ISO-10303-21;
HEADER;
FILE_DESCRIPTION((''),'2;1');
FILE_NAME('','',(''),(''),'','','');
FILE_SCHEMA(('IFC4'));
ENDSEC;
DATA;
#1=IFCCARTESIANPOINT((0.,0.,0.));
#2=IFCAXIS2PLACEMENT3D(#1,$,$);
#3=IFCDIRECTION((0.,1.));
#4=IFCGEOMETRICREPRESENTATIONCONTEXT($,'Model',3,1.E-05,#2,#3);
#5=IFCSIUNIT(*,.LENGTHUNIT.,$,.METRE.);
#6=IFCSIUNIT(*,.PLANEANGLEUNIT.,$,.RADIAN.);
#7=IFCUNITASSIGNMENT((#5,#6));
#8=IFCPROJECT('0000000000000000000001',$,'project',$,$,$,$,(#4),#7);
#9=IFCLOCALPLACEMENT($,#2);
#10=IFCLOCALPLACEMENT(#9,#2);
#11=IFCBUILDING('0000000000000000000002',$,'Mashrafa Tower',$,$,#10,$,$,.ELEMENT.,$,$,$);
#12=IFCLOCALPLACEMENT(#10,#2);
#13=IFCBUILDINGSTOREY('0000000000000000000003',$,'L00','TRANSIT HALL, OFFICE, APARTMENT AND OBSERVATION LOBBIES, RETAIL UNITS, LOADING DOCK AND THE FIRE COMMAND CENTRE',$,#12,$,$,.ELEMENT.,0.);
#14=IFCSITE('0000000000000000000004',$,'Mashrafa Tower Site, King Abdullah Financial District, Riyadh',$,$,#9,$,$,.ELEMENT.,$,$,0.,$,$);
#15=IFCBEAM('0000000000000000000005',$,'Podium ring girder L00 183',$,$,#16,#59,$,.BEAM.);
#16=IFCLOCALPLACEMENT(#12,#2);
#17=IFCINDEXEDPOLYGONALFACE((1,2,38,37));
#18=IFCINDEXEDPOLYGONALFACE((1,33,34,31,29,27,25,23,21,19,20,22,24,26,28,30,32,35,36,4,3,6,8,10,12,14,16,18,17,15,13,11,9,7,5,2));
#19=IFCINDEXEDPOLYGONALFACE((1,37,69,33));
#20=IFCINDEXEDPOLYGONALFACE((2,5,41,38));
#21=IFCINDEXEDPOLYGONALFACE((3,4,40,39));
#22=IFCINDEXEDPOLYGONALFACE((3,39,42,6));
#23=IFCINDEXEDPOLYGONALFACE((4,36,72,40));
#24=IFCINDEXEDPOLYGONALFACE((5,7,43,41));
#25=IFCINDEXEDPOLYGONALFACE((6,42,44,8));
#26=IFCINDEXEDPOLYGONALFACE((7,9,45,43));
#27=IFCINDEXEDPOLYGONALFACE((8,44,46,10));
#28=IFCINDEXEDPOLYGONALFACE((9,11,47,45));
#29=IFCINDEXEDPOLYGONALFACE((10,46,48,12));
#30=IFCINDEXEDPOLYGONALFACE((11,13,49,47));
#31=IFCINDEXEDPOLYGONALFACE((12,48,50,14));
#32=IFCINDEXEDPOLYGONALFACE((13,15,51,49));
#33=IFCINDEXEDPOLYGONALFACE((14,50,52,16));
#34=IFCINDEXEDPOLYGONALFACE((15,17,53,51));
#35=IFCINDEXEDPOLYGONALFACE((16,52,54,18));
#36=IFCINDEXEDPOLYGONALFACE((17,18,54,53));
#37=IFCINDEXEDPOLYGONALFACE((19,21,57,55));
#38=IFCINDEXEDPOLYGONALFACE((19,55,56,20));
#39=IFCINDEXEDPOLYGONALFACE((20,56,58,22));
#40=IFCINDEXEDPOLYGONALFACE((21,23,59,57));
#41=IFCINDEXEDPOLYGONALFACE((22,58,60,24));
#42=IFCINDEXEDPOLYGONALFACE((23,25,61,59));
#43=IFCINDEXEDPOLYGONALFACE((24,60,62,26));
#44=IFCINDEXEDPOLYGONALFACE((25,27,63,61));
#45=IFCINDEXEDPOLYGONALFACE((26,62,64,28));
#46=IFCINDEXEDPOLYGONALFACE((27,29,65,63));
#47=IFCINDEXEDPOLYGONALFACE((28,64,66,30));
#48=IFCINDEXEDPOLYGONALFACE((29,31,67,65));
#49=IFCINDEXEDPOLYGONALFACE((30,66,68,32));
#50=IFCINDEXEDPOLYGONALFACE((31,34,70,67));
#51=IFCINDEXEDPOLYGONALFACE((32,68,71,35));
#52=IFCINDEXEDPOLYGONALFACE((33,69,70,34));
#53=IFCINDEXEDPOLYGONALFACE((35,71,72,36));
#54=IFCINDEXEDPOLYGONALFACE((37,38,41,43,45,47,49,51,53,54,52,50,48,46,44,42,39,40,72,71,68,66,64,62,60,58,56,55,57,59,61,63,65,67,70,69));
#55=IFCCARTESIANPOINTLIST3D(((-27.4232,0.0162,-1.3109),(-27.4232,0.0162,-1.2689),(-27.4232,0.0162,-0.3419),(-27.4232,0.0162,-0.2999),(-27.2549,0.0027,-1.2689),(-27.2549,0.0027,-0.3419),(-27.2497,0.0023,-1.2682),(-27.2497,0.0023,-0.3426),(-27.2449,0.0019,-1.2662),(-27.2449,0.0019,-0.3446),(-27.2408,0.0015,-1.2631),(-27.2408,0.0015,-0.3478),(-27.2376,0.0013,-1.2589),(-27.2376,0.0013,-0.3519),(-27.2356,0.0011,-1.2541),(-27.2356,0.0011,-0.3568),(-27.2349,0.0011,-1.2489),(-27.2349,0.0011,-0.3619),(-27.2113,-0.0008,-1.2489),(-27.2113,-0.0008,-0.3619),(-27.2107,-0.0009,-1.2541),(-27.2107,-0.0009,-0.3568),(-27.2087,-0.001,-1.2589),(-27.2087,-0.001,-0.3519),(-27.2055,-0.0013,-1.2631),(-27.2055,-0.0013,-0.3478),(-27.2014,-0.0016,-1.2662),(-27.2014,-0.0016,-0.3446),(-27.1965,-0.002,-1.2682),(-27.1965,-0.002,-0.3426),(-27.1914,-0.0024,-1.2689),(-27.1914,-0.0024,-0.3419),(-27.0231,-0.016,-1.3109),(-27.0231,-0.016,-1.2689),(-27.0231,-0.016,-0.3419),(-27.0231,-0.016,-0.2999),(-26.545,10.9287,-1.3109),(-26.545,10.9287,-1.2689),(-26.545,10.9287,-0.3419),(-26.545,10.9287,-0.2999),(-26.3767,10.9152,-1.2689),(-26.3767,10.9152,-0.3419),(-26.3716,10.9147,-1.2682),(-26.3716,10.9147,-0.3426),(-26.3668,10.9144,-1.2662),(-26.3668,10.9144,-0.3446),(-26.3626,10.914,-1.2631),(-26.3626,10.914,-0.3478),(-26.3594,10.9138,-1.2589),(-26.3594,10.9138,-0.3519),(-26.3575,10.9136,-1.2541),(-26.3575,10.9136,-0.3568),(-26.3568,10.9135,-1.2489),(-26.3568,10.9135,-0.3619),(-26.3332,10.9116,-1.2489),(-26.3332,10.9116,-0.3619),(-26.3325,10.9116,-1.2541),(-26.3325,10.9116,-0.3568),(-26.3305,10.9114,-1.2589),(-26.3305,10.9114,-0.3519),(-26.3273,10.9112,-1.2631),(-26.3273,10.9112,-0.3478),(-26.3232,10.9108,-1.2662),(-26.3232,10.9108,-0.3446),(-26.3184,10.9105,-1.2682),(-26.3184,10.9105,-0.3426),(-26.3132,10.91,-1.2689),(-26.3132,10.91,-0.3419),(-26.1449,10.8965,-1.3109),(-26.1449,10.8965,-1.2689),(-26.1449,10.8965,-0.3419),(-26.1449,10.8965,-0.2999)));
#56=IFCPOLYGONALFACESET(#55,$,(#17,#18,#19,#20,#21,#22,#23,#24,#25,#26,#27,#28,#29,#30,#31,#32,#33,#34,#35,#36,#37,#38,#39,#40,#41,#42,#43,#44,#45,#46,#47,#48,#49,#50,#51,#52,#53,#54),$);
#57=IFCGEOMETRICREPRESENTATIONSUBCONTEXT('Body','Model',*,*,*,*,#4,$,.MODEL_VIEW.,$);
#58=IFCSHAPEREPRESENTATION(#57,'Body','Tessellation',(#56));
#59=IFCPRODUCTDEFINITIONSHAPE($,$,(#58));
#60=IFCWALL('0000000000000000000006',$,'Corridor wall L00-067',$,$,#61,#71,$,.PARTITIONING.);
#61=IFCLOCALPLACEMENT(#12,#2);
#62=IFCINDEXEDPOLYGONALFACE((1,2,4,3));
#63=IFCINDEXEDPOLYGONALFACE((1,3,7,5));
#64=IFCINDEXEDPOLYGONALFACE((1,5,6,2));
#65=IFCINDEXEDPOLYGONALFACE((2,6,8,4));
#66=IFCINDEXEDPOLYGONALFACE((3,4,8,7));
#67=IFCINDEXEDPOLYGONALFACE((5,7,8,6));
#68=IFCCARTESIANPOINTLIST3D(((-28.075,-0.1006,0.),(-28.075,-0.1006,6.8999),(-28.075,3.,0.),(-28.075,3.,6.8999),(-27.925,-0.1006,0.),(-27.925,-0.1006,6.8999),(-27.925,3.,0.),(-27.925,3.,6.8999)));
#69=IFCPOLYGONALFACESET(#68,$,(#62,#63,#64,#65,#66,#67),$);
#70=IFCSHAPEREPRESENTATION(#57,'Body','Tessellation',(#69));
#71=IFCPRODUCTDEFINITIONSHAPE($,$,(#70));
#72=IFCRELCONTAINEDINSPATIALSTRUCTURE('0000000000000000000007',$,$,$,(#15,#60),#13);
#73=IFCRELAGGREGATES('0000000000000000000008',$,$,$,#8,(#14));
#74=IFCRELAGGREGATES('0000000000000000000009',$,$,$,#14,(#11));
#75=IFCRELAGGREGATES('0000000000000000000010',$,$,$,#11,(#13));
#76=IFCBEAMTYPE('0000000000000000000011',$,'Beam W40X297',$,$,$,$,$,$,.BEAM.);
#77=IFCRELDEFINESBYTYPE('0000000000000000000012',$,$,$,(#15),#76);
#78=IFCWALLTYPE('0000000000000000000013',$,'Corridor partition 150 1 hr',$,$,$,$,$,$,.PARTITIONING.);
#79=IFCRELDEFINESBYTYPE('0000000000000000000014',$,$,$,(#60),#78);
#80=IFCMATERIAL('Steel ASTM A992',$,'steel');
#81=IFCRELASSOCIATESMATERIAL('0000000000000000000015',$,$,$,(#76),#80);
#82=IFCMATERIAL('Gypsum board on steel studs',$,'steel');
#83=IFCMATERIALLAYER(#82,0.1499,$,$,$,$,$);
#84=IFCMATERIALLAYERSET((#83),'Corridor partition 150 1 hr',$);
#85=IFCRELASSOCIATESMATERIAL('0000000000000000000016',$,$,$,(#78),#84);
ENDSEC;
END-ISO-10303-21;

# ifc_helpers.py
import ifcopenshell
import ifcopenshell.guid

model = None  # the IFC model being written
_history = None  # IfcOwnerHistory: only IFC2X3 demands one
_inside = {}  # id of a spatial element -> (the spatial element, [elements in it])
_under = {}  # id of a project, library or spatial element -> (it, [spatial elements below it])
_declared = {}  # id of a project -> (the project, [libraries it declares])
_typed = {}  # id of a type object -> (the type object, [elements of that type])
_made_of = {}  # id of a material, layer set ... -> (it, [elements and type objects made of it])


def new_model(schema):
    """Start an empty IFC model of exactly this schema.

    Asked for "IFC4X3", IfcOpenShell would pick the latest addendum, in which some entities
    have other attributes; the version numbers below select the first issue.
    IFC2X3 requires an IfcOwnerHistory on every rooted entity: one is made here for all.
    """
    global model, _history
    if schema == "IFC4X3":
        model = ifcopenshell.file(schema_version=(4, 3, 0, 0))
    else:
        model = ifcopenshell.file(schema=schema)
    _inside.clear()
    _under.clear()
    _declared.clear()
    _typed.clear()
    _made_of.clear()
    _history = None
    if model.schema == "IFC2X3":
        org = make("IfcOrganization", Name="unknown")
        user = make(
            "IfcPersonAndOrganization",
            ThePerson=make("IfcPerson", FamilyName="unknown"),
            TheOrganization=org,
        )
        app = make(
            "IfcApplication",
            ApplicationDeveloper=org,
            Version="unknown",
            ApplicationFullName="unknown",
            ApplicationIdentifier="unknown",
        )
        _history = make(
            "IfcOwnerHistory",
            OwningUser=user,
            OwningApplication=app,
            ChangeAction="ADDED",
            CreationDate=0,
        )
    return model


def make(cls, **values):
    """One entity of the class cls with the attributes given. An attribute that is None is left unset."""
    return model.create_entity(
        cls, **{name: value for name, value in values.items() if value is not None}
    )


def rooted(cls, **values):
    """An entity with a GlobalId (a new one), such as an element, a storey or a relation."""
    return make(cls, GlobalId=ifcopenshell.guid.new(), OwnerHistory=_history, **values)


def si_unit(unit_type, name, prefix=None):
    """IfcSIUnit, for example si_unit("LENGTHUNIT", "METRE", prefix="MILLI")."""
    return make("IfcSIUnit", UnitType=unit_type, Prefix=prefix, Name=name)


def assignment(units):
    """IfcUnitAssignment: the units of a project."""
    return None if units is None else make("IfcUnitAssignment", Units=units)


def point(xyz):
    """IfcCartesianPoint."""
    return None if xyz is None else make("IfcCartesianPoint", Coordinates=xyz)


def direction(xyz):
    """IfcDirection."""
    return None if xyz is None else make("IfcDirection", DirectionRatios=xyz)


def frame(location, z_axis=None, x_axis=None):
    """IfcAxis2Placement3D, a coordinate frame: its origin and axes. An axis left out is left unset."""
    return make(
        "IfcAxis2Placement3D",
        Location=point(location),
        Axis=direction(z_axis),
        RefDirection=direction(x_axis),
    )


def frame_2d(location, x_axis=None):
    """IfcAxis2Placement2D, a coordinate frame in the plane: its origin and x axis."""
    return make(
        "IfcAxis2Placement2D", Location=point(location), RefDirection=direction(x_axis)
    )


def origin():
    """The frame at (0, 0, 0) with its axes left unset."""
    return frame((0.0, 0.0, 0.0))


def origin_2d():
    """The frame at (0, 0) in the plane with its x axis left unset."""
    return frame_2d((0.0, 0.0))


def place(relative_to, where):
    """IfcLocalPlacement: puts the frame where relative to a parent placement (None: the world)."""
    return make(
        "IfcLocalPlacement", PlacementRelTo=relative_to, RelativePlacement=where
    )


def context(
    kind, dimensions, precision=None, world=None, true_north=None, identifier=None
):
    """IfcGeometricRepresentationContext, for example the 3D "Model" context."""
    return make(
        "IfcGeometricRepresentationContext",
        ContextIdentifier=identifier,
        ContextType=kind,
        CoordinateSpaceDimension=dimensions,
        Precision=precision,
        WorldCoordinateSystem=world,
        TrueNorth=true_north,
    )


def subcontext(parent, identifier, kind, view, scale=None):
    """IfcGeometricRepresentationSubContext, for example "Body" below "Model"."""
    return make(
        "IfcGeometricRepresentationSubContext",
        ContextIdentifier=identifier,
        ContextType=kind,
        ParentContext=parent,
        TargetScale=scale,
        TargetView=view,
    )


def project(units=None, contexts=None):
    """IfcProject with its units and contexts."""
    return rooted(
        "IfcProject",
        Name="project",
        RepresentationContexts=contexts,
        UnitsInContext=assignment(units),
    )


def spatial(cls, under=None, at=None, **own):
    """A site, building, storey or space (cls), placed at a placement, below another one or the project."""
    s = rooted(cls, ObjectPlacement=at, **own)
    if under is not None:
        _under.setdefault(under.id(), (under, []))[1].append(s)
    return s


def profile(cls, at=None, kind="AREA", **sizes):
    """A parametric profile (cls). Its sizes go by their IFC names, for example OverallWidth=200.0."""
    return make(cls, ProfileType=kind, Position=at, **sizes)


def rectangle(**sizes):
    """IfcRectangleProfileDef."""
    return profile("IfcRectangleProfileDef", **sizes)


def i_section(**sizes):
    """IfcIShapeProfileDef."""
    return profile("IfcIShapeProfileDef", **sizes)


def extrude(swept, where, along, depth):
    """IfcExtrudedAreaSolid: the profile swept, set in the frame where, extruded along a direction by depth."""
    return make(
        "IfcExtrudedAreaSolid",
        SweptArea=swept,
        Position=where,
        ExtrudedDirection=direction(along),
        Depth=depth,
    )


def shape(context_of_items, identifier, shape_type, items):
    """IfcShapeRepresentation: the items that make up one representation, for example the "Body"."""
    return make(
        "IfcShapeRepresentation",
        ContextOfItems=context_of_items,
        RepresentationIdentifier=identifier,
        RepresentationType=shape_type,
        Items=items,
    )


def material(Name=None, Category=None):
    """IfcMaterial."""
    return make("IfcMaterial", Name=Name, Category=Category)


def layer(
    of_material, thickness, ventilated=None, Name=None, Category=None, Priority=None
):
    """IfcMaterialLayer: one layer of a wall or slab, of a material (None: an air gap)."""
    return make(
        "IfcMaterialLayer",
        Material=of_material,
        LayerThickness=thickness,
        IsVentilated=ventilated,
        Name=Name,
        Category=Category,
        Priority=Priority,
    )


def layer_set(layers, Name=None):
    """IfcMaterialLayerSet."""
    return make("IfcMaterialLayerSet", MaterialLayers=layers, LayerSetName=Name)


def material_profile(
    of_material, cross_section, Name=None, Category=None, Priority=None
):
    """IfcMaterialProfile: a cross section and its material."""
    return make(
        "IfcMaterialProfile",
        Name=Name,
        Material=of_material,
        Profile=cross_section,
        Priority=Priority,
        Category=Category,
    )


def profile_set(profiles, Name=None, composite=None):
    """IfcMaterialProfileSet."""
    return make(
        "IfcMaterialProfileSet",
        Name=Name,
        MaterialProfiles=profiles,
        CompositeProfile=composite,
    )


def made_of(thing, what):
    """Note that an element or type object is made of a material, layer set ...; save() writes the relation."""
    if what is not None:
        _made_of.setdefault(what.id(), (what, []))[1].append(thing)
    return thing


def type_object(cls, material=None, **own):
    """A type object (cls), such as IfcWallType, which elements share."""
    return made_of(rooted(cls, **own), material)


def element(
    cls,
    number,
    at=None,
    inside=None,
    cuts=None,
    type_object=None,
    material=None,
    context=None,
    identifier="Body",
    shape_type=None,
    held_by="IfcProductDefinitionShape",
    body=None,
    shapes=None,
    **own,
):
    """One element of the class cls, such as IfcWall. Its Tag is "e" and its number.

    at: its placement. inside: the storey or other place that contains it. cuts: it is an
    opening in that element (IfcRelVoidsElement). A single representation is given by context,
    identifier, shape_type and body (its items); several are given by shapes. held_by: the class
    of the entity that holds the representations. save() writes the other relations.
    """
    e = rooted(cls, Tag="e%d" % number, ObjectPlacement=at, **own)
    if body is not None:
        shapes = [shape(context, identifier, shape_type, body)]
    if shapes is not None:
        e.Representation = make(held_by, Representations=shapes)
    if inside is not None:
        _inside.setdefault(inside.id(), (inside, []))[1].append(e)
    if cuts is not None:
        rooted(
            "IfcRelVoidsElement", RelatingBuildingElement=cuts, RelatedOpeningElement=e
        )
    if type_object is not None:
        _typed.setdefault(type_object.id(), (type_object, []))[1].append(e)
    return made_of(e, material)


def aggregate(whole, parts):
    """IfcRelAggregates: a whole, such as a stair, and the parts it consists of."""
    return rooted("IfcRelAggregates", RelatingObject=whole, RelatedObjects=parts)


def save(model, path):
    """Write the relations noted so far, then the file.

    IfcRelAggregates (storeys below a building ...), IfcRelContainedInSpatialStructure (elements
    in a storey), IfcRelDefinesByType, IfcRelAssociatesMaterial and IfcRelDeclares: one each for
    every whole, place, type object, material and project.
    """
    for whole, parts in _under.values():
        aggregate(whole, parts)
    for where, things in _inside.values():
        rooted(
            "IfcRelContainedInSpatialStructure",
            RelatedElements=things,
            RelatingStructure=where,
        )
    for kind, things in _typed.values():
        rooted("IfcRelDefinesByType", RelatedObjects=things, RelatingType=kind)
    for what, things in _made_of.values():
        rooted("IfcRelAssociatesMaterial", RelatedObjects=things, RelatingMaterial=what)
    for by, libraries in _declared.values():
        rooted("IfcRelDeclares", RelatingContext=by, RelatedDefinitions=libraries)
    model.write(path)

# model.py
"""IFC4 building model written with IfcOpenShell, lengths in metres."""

from ifc_helpers import new_model, si_unit, direction, frame, frame_2d, origin, origin_2d, place, context, subcontext, project, spatial, rectangle, i_section, extrude, material, layer, layer_set, material_profile, profile_set, type_object, element, save


model = new_model("IFC4")

# Units and contexts
model_context = context("Model", 3, precision=1e-05, world=origin(), true_north=direction((0.0, 1.0)))
body_context = subcontext(model_context, "Body", "Model", "MODEL_VIEW")
ifc_project = project(units=[si_unit("LENGTHUNIT", "METRE"), si_unit("PLANEANGLEUNIT", "RADIAN")], contexts=[model_context])

# Site, building, storey
site_placement = place(None, origin())
site = spatial("IfcSite", under=ifc_project, at=site_placement, Name="Mashrafa Tower Site, King Abdullah Financial District, Riyadh", CompositionType="ELEMENT", RefElevation=0.0)
building_placement = place(site_placement, origin())
building = spatial("IfcBuilding", under=site, at=building_placement, Name="Mashrafa Tower", CompositionType="ELEMENT")
storey_placement = place(building_placement, origin())
storey = spatial("IfcBuildingStorey", under=building, at=storey_placement, Name="L00", Description="TRANSIT HALL, OFFICE, APARTMENT AND OBSERVATION LOBBIES, RETAIL UNITS, LOADING DOCK AND THE FIRE COMMAND CENTRE", CompositionType="ELEMENT", Elevation=0.0)

# Beam
ifc_material_1 = material(Name="Steel ASTM A992", Category="steel")
ifc_material_profile_1 = material_profile(ifc_material_1, i_section(OverallWidth=0.4014, OverallDepth=1.011, WebThickness=0.0237, FlangeThickness=0.042, FilletRadius=0.02, at=origin_2d()), Name="W40X297")
ifc_profile_set_1 = profile_set([ifc_material_profile_1], Name="Steel ASTM A992")
beam_type_1 = type_object("IfcBeamType", Name="Beam W40X297", PredefinedType="BEAM", material=ifc_profile_set_1)
beam_1_placement = place(storey_placement, frame((-26.345, 10.9126, -0.8054), z_axis=(-0.080214, -0.996778, 0.0), x_axis=(0.996778, -0.080214, 0.0)))
element("IfcBeam", 1, at=beam_1_placement, inside=storey, type_object=beam_type_1, Name="Podium ring girder L00 183", PredefinedType="BEAM", context=body_context, shape_type="SweptSolid", body=[
    extrude(i_section(OverallWidth=0.4014, OverallDepth=1.011, WebThickness=0.0237, FlangeThickness=0.042, FilletRadius=0.02, at=origin_2d()), origin(), (0.0, 0.0, 1.0), 10.9478),
])

# Wall
ifc_material_2 = material(Name="Gypsum board on steel studs", Category="steel")
ifc_layer = layer(ifc_material_2, 0.1499)
ifc_layer_set = layer_set([ifc_layer], Name="Corridor partition 150 1 hr")
wall_type = type_object("IfcWallType", Name="Corridor partition 150 1 hr", PredefinedType="PARTITIONING", material=ifc_layer_set)
wall_placement = place(storey_placement, frame((-28.0, 3.0, 0.0), z_axis=(0.0, 0.0, 1.0), x_axis=(0.0, -1.0, 0.0)))
element("IfcWall", 2, at=wall_placement, inside=storey, type_object=wall_type, Name="Corridor wall L00-067", PredefinedType="PARTITIONING", context=body_context, shape_type="SweptSolid", body=[
    extrude(rectangle(XDim=3.1006, YDim=0.1499, at=frame_2d((1.5503, 0.0))), origin(), (0.0, 0.0, 1.0), 6.8999),
])

save(model, "model.ifc")
